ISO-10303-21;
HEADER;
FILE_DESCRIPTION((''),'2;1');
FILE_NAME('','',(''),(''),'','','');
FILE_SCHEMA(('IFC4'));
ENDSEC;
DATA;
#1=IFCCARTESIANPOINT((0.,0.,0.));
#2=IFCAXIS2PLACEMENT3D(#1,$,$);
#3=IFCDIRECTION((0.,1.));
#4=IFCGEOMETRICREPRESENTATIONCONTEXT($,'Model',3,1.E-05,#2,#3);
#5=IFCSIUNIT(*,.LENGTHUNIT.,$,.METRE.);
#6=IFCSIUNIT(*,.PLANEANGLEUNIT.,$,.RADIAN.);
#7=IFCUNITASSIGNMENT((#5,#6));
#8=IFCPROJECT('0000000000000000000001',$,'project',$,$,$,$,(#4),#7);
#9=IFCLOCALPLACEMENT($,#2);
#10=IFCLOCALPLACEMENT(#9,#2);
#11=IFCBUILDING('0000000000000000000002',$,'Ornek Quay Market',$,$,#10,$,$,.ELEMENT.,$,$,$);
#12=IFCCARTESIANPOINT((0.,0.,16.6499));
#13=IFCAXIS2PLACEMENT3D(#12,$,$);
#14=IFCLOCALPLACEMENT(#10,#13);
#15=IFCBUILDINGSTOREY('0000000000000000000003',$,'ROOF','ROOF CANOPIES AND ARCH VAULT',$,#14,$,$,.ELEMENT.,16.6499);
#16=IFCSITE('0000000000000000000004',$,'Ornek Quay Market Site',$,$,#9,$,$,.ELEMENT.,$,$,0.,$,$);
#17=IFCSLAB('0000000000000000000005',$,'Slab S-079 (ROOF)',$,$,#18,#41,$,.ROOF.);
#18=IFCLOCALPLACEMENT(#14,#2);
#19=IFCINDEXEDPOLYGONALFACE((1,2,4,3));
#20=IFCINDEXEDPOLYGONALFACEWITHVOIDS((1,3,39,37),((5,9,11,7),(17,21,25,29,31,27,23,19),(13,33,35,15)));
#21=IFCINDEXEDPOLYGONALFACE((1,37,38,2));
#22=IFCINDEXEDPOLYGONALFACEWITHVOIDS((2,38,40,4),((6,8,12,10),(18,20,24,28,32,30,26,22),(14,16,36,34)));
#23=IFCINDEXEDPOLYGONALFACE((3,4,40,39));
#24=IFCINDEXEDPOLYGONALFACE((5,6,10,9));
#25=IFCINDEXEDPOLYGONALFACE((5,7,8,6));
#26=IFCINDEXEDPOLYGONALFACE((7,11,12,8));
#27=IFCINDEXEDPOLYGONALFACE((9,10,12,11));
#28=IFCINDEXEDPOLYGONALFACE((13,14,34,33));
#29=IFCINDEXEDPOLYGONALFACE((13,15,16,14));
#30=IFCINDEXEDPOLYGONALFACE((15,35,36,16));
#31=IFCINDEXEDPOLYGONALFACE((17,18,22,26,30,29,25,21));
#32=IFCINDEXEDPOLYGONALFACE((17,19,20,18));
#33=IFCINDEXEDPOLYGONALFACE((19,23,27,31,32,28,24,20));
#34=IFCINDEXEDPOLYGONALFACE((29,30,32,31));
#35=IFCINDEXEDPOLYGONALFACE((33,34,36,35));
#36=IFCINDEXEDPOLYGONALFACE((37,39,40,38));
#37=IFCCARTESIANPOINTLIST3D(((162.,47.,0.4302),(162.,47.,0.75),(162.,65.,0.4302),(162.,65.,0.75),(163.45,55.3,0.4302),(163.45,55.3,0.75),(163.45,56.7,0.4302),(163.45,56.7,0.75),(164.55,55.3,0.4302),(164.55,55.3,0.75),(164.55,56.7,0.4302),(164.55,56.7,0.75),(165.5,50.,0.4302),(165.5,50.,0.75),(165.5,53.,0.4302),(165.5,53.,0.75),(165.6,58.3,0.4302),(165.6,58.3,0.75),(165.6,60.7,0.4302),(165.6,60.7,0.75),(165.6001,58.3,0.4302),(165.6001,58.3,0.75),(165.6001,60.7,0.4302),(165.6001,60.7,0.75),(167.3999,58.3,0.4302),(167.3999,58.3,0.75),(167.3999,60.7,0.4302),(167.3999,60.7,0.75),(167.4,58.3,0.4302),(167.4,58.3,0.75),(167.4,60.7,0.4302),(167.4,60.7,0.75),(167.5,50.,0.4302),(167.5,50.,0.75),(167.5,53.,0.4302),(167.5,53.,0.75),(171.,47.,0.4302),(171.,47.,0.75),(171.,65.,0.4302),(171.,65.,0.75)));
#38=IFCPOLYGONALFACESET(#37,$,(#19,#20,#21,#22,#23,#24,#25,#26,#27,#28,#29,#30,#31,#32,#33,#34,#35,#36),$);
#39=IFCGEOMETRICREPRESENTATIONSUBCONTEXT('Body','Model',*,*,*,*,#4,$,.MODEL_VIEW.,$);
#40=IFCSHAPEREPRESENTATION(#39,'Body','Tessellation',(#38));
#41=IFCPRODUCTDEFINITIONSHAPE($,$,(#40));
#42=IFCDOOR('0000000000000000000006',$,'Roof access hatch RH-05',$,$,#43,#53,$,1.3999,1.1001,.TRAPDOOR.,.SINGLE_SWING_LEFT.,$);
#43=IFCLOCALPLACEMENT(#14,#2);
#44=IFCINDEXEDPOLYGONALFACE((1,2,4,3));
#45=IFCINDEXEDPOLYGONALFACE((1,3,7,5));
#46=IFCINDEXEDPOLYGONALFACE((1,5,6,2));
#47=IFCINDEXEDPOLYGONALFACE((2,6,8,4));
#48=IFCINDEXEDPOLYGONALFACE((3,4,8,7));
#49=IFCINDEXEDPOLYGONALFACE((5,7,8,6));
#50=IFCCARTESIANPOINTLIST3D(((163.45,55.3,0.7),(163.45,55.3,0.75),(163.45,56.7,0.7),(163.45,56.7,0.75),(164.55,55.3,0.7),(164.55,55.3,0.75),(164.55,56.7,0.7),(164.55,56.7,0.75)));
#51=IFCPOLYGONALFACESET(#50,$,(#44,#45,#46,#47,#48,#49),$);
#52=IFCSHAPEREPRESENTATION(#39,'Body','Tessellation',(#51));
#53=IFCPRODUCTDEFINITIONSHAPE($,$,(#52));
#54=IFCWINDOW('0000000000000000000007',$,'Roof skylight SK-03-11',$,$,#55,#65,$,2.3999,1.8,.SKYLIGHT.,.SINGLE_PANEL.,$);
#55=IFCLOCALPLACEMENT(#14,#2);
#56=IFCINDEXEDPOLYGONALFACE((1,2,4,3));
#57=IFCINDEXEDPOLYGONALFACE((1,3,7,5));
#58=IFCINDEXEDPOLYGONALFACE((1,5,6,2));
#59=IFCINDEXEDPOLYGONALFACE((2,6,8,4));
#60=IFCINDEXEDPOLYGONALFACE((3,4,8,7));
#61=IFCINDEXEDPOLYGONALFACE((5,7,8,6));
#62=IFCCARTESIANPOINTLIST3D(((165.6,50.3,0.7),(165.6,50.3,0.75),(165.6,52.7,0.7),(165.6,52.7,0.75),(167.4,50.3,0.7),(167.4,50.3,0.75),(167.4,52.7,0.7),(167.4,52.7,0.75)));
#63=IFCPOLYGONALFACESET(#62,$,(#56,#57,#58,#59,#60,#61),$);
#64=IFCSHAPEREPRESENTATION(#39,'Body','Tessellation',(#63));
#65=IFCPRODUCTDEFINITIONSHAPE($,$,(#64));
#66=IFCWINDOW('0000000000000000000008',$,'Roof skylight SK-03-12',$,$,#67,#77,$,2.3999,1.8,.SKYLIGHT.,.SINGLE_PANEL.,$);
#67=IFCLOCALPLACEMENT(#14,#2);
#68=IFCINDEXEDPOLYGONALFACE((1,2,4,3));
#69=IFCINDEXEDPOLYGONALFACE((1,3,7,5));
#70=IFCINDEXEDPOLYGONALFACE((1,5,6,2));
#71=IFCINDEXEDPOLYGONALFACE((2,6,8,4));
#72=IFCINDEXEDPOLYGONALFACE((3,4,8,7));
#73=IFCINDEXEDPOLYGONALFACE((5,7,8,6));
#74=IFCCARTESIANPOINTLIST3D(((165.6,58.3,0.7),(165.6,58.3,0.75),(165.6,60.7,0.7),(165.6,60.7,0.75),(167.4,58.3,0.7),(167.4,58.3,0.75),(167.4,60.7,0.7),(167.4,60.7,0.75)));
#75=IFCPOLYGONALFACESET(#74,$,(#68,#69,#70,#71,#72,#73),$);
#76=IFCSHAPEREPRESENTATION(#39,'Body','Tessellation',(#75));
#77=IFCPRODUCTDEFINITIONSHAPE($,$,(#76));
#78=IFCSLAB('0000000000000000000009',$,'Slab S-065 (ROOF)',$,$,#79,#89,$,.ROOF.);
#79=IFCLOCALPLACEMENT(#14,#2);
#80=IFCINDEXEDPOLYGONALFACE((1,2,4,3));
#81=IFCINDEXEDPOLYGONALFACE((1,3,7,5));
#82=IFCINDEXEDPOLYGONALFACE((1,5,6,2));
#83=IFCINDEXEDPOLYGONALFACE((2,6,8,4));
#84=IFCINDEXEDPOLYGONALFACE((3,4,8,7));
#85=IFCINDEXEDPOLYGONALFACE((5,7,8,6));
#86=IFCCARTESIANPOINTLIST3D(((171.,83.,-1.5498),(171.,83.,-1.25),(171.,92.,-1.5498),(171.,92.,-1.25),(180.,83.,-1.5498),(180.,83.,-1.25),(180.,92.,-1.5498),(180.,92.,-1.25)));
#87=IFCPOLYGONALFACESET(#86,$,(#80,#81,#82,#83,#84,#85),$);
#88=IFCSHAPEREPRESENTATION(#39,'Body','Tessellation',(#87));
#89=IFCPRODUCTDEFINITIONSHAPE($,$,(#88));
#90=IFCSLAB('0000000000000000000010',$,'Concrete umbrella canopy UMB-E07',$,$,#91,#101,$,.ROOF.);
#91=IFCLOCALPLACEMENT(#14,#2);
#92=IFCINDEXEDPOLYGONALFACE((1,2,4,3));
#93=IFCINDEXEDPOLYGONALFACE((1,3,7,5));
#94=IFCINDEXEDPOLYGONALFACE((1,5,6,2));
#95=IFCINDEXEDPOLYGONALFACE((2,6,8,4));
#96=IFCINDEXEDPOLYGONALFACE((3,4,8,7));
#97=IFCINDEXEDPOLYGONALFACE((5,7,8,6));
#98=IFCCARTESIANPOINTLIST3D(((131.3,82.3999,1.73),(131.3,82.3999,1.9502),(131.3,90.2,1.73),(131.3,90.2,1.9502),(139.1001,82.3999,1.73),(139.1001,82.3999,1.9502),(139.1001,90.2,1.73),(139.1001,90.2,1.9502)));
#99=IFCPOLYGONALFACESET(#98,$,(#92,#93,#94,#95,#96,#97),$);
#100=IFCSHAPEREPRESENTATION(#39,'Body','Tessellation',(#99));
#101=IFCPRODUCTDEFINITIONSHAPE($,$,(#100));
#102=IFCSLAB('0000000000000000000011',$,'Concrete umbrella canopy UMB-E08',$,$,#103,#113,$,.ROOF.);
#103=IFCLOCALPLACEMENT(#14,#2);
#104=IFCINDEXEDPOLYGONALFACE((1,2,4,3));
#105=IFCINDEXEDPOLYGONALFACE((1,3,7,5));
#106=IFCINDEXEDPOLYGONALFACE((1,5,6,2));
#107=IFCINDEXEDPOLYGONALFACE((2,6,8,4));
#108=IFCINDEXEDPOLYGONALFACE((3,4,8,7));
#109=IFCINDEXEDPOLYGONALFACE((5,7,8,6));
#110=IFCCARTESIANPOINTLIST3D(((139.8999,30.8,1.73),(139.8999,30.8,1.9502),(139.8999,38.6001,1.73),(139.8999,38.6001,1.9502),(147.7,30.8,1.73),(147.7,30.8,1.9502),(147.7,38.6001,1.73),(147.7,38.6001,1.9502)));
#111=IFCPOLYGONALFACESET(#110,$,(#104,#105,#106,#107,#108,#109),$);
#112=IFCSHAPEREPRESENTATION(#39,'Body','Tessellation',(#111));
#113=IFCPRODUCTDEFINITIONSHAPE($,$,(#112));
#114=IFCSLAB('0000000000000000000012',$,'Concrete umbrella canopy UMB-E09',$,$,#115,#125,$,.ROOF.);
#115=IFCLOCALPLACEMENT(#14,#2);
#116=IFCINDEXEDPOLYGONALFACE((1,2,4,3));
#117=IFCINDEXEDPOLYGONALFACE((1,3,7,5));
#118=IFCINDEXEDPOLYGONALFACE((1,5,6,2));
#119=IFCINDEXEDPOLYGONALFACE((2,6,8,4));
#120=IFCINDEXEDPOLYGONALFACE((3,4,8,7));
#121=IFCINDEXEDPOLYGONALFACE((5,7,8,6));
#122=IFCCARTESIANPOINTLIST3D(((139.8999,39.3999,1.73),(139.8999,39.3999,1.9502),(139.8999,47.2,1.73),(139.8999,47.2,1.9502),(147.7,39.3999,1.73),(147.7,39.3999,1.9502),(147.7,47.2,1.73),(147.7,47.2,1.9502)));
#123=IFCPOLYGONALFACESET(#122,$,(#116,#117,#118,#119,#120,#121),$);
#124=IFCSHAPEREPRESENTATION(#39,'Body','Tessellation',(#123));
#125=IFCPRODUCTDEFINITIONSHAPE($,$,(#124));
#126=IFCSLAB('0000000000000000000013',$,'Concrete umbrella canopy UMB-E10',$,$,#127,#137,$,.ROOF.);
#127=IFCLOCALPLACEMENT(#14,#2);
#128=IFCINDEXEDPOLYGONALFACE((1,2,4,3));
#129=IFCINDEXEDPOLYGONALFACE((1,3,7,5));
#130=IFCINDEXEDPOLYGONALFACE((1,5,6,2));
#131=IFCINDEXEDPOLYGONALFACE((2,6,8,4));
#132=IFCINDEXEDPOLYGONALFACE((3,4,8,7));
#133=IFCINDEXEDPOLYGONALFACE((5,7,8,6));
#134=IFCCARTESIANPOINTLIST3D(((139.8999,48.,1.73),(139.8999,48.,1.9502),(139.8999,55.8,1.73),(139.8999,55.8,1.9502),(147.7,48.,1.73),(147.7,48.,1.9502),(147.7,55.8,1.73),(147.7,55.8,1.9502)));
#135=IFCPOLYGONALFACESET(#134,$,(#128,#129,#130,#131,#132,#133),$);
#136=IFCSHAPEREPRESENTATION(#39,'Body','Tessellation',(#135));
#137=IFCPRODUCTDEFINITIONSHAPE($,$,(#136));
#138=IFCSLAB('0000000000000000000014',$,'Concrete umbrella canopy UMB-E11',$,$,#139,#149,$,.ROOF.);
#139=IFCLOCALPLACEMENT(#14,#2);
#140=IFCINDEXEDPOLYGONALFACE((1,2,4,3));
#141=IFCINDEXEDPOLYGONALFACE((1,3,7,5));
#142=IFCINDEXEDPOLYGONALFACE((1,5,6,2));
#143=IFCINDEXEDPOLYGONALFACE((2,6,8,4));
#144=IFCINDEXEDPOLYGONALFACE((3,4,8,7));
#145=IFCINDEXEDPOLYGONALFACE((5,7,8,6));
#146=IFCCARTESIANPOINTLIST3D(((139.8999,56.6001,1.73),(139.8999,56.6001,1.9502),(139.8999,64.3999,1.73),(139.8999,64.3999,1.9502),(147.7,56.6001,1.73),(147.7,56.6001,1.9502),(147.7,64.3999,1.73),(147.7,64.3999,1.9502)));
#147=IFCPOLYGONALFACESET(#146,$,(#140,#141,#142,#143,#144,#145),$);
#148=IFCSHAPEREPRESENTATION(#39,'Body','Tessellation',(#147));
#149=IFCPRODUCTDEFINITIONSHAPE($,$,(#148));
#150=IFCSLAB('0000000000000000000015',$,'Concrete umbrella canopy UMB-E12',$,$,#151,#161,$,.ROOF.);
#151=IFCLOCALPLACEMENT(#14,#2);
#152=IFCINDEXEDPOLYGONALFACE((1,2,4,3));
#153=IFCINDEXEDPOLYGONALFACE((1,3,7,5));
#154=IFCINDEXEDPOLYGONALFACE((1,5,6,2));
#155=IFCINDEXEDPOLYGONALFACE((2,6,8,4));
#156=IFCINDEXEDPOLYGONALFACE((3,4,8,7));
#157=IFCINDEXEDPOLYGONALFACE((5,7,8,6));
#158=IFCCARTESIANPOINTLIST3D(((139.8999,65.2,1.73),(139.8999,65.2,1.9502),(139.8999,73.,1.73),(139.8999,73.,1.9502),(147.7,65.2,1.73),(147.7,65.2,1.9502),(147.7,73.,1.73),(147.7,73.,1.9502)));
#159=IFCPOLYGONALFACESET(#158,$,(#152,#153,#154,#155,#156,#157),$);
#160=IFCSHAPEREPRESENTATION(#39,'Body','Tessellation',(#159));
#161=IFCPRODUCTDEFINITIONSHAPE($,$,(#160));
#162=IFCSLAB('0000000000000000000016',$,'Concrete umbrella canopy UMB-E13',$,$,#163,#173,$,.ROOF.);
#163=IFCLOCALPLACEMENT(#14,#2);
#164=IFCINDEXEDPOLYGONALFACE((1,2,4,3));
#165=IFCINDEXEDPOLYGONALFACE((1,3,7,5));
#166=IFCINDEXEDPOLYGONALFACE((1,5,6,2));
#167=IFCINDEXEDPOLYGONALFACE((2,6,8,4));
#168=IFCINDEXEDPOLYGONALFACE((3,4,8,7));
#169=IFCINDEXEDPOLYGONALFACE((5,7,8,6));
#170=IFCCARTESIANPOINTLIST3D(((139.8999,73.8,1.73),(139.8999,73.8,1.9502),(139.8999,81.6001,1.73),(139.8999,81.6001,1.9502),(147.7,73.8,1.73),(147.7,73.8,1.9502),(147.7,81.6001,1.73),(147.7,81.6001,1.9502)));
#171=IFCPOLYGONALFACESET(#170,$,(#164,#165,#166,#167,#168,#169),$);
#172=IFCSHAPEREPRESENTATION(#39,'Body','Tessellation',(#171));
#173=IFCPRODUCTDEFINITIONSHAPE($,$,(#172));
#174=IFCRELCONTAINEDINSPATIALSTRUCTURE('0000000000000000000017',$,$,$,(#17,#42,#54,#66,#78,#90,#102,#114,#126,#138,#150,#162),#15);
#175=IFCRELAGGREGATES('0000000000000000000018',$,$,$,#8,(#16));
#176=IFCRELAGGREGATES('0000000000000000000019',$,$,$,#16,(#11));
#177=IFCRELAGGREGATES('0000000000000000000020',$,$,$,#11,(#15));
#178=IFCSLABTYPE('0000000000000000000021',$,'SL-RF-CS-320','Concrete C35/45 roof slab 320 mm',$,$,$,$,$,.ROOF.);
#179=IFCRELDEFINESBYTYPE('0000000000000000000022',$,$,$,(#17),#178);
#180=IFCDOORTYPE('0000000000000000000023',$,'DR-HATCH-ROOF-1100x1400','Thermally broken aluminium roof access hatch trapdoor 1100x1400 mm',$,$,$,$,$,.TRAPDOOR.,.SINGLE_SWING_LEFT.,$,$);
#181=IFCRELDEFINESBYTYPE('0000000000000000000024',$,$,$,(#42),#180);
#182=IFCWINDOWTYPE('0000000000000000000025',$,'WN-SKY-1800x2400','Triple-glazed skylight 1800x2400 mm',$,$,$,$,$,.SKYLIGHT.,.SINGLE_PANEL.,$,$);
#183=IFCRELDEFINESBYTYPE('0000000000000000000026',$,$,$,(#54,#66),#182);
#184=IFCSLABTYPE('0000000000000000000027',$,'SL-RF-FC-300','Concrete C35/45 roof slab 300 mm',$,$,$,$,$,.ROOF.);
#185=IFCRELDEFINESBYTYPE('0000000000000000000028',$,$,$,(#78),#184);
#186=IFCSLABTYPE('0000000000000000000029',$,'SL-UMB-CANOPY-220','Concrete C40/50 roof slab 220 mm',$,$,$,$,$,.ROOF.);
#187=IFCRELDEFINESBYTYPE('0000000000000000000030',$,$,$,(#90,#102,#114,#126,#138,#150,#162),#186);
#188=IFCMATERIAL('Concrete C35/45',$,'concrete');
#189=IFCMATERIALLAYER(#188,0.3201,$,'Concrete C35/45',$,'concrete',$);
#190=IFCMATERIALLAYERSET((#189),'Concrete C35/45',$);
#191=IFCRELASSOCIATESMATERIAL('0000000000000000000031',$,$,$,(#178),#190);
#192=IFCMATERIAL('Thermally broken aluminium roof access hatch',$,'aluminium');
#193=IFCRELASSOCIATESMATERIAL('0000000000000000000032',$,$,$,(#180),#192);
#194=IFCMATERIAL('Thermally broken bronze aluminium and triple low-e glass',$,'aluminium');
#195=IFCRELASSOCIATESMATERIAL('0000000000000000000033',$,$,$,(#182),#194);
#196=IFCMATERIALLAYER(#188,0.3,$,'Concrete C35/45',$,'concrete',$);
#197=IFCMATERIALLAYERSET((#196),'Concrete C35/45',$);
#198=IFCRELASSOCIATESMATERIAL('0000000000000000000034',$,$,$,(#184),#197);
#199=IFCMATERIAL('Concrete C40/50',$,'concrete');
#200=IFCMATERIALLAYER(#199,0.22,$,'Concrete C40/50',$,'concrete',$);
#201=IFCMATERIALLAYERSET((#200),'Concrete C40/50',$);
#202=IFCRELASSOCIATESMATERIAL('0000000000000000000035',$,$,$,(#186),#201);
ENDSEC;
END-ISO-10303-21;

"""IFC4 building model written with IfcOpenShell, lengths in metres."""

from ifc_helpers import new_model, si_unit, direction, frame, origin, origin_2d, place, context, subcontext, project, spatial, polyline, rectangle, outline, extrude, material, layer, layer_set, type_object, element, fill, save


model = new_model("IFC4")

# Units and contexts
model_context = context("Model", 3, precision=1e-05, world=origin(), true_north=direction((0.0, 1.0)))
body_context = subcontext(model_context, "Body", "Model", "MODEL_VIEW")
ifc_project = project(units=[si_unit("LENGTHUNIT", "METRE"), si_unit("PLANEANGLEUNIT", "RADIAN")], contexts=[model_context])

# Site, building, storey
site_placement = place(None, origin())
site = spatial("IfcSite", under=ifc_project, at=site_placement, Name="Ornek Quay Market Site", CompositionType="ELEMENT", RefElevation=0.0)
building_placement = place(site_placement, origin())
building = spatial("IfcBuilding", under=site, at=building_placement, Name="Ornek Quay Market", CompositionType="ELEMENT")
storey_placement = place(building_placement, frame((0.0, 0.0, 16.6499)))
storey = spatial("IfcBuildingStorey", under=building, at=storey_placement, Name="ROOF", Description="ROOF CANOPIES AND ARCH VAULT", CompositionType="ELEMENT", Elevation=16.6499)

# Shared definitions
ifc_material_1 = material(Name="Concrete C40/50", Category="concrete")

# Shared definitions
ifc_material_2 = material(Name="Concrete C35/45", Category="concrete")

# Shared definitions
ifc_layer_1 = layer(ifc_material_2, 0.3201, Name="Concrete C35/45", Category="concrete")
ifc_layer_set_1 = layer_set([ifc_layer_1], Name="Concrete C35/45")
slab_type_1 = type_object("IfcSlabType", Name="SL-RF-CS-320", Description="Concrete C35/45 roof slab 320 mm", PredefinedType="ROOF", material=ifc_layer_set_1)
ifc_material_3 = material(Name="Thermally broken aluminium roof access hatch", Category="aluminium")
door_type = type_object("IfcDoorType", Name="DR-HATCH-ROOF-1100x1400", Description="Thermally broken aluminium roof access hatch trapdoor 1100x1400 mm", OperationType="SINGLE_SWING_LEFT", PredefinedType="TRAPDOOR", material=ifc_material_3)
ifc_material_4 = material(Name="Thermally broken bronze aluminium and triple low-e glass", Category="aluminium")

# Slab, openings, door, windows
slab_1_placement = place(storey_placement, frame((0.0, 0.0, 0.4302)))
slab_1 = element("IfcSlab", 1, at=slab_1_placement, inside=storey, type_object=slab_type_1, Name="Slab S-079 (ROOF)", PredefinedType="ROOF", context=body_context, shape_type="SweptSolid", body=[
    extrude(outline(polyline([(162.0, 47.0), (171.0, 47.0), (171.0, 65.0), (162.0, 65.0), (162.0, 47.0)]), holes=[polyline([(165.5, 53.0), (167.5, 53.0), (167.5, 50.0), (165.5, 50.0), (165.5, 53.0)]), polyline([(165.6001, 58.3), (167.3999, 58.3), (167.3999, 60.7), (165.6001, 60.7), (165.6001, 58.3)]), polyline([(163.45, 55.3), (164.55, 55.3), (164.55, 56.7), (163.45, 56.7), (163.45, 55.3)])]), origin(), (0.0, 0.0, 1.0), 0.3198),
])
opening_1_placement = place(slab_1_placement, frame((166.5, 51.5, -0.01)))
opening_1 = element("IfcOpeningElement", 2, at=opening_1_placement, cuts=slab_1, PredefinedType="OPENING", context=body_context, shape_type="SweptSolid", body=[
    extrude(rectangle(XDim=1.8, YDim=2.3999, at=origin_2d()), origin(), (0.0, 0.0, 1.0), 0.3398),
])
opening_2_placement = place(slab_1_placement, frame((166.5, 59.5, -0.01)))
opening_2 = element("IfcOpeningElement", 3, at=opening_2_placement, cuts=slab_1, PredefinedType="OPENING", context=body_context, shape_type="SweptSolid", body=[
    extrude(rectangle(XDim=1.8, YDim=2.3999, at=origin_2d()), origin(), (0.0, 0.0, 1.0), 0.3398),
])
opening_3_placement = place(slab_1_placement, frame((164.0, 56.0, -0.01)))
opening_3 = element("IfcOpeningElement", 4, at=opening_3_placement, cuts=slab_1, PredefinedType="OPENING", context=body_context, shape_type="SweptSolid", body=[
    extrude(rectangle(XDim=1.1001, YDim=1.3999, at=origin_2d()), origin(), (0.0, 0.0, 1.0), 0.3398),
])
door_1_placement = place(opening_3_placement, frame((0.0, 0.0, 0.2798)))
door_1 = element("IfcDoor", 5, at=door_1_placement, inside=storey, type_object=door_type, Name="Roof access hatch RH-05", OperationType="SINGLE_SWING_LEFT", OverallHeight=1.3999, OverallWidth=1.1001, PredefinedType="TRAPDOOR", context=body_context, shape_type="SweptSolid", body=[
    extrude(rectangle(XDim=1.1001, YDim=1.3999, at=origin_2d()), origin(), (0.0, 0.0, 1.0), 0.05),
])
fill(opening_3, door_1)
window_type_1 = type_object("IfcWindowType", Name="WN-SKY-1800x2400", Description="Triple-glazed skylight 1800x2400 mm", PartitioningType="SINGLE_PANEL", PredefinedType="SKYLIGHT", material=ifc_material_4)
window_1_placement = place(opening_1_placement, frame((0.0, 0.0, 0.2798)))
window_1 = element("IfcWindow", 6, at=window_1_placement, inside=storey, type_object=window_type_1, Name="Roof skylight SK-03-11", OverallHeight=2.3999, OverallWidth=1.8, PartitioningType="SINGLE_PANEL", PredefinedType="SKYLIGHT", context=body_context, shape_type="SweptSolid", body=[
    extrude(rectangle(XDim=1.8, YDim=2.3999, at=origin_2d()), origin(), (0.0, 0.0, 1.0), 0.05),
])
fill(opening_1, window_1)
window_2_placement = place(opening_2_placement, frame((0.0, 0.0, 0.2798)))
window_2 = element("IfcWindow", 7, at=window_2_placement, inside=storey, type_object=window_type_1, Name="Roof skylight SK-03-12", OverallHeight=2.3999, OverallWidth=1.8, PartitioningType="SINGLE_PANEL", PredefinedType="SKYLIGHT", context=body_context, shape_type="SweptSolid", body=[
    extrude(rectangle(XDim=1.8, YDim=2.3999, at=origin_2d()), origin(), (0.0, 0.0, 1.0), 0.05),
])
fill(opening_2, window_2)

# Slabs
ifc_layer_2 = layer(ifc_material_2, 0.3, Name="Concrete C35/45", Category="concrete")
ifc_layer_set_2 = layer_set([ifc_layer_2], Name="Concrete C35/45")
slab_type_2 = type_object("IfcSlabType", Name="SL-RF-FC-300", Description="Concrete C35/45 roof slab 300 mm", PredefinedType="ROOF", material=ifc_layer_set_2)
slab_2_placement = place(storey_placement, frame((0.0, 0.0, -1.5498)))
element("IfcSlab", 8, at=slab_2_placement, inside=storey, type_object=slab_type_2, Name="Slab S-065 (ROOF)", PredefinedType="ROOF", context=body_context, shape_type="SweptSolid", body=[
    extrude(outline(polyline([(171.0, 83.0), (180.0, 83.0), (180.0, 92.0), (171.0, 92.0), (171.0, 83.0)])), origin(), (0.0, 0.0, 1.0), 0.2998),
])
ifc_layer_3 = layer(ifc_material_1, 0.22, Name="Concrete C40/50", Category="concrete")
ifc_layer_set_3 = layer_set([ifc_layer_3], Name="Concrete C40/50")
slab_type_3 = type_object("IfcSlabType", Name="SL-UMB-CANOPY-220", Description="Concrete C40/50 roof slab 220 mm", PredefinedType="ROOF", material=ifc_layer_set_3)
slab_3_placement = place(storey_placement, frame((0.0, 0.0, 1.73)))
element("IfcSlab", 9, at=slab_3_placement, inside=storey, type_object=slab_type_3, Name="Concrete umbrella canopy UMB-E07", PredefinedType="ROOF", context=body_context, shape_type="SweptSolid", body=[
    extrude(outline(polyline([(131.3, 82.3999), (139.1001, 82.3999), (139.1001, 90.2), (131.3, 90.2), (131.3, 82.3999)])), origin(), (0.0, 0.0, 1.0), 0.2202),
])
slab_4_placement = place(storey_placement, frame((0.0, 0.0, 1.73)))
element("IfcSlab", 10, at=slab_4_placement, inside=storey, type_object=slab_type_3, Name="Concrete umbrella canopy UMB-E08", PredefinedType="ROOF", context=body_context, shape_type="SweptSolid", body=[
    extrude(outline(polyline([(139.8999, 30.8), (147.7, 30.8), (147.7, 38.6001), (139.8999, 38.6001), (139.8999, 30.8)])), origin(), (0.0, 0.0, 1.0), 0.2202),
])
slab_5_placement = place(storey_placement, frame((0.0, 0.0, 1.73)))
element("IfcSlab", 11, at=slab_5_placement, inside=storey, type_object=slab_type_3, Name="Concrete umbrella canopy UMB-E09", PredefinedType="ROOF", context=body_context, shape_type="SweptSolid", body=[
    extrude(outline(polyline([(139.8999, 39.3999), (147.7, 39.3999), (147.7, 47.2), (139.8999, 47.2), (139.8999, 39.3999)])), origin(), (0.0, 0.0, 1.0), 0.2202),
])
slab_6_placement = place(storey_placement, frame((0.0, 0.0, 1.73)))
element("IfcSlab", 12, at=slab_6_placement, inside=storey, type_object=slab_type_3, Name="Concrete umbrella canopy UMB-E10", PredefinedType="ROOF", context=body_context, shape_type="SweptSolid", body=[
    extrude(outline(polyline([(139.8999, 48.0), (147.7, 48.0), (147.7, 55.8), (139.8999, 55.8), (139.8999, 48.0)])), origin(), (0.0, 0.0, 1.0), 0.2202),
])
slab_7_placement = place(storey_placement, frame((0.0, 0.0, 1.73)))
element("IfcSlab", 13, at=slab_7_placement, inside=storey, type_object=slab_type_3, Name="Concrete umbrella canopy UMB-E11", PredefinedType="ROOF", context=body_context, shape_type="SweptSolid", body=[
    extrude(outline(polyline([(139.8999, 56.6001), (147.7, 56.6001), (147.7, 64.3999), (139.8999, 64.3999), (139.8999, 56.6001)])), origin(), (0.0, 0.0, 1.0), 0.2202),
])
slab_8_placement = place(storey_placement, frame((0.0, 0.0, 1.73)))
element("IfcSlab", 14, at=slab_8_placement, inside=storey, type_object=slab_type_3, Name="Concrete umbrella canopy UMB-E12", PredefinedType="ROOF", context=body_context, shape_type="SweptSolid", body=[
    extrude(outline(polyline([(139.8999, 65.2), (147.7, 65.2), (147.7, 73.0), (139.8999, 73.0), (139.8999, 65.2)])), origin(), (0.0, 0.0, 1.0), 0.2202),
])
slab_9_placement = place(storey_placement, frame((0.0, 0.0, 1.73)))
element("IfcSlab", 15, at=slab_9_placement, inside=storey, type_object=slab_type_3, Name="Concrete umbrella canopy UMB-E13", PredefinedType="ROOF", context=body_context, shape_type="SweptSolid", body=[
    extrude(outline(polyline([(139.8999, 73.8), (147.7, 73.8), (147.7, 81.6001), (139.8999, 81.6001), (139.8999, 73.8)])), origin(), (0.0, 0.0, 1.0), 0.2202),
])

save(model, "model.ifc")
